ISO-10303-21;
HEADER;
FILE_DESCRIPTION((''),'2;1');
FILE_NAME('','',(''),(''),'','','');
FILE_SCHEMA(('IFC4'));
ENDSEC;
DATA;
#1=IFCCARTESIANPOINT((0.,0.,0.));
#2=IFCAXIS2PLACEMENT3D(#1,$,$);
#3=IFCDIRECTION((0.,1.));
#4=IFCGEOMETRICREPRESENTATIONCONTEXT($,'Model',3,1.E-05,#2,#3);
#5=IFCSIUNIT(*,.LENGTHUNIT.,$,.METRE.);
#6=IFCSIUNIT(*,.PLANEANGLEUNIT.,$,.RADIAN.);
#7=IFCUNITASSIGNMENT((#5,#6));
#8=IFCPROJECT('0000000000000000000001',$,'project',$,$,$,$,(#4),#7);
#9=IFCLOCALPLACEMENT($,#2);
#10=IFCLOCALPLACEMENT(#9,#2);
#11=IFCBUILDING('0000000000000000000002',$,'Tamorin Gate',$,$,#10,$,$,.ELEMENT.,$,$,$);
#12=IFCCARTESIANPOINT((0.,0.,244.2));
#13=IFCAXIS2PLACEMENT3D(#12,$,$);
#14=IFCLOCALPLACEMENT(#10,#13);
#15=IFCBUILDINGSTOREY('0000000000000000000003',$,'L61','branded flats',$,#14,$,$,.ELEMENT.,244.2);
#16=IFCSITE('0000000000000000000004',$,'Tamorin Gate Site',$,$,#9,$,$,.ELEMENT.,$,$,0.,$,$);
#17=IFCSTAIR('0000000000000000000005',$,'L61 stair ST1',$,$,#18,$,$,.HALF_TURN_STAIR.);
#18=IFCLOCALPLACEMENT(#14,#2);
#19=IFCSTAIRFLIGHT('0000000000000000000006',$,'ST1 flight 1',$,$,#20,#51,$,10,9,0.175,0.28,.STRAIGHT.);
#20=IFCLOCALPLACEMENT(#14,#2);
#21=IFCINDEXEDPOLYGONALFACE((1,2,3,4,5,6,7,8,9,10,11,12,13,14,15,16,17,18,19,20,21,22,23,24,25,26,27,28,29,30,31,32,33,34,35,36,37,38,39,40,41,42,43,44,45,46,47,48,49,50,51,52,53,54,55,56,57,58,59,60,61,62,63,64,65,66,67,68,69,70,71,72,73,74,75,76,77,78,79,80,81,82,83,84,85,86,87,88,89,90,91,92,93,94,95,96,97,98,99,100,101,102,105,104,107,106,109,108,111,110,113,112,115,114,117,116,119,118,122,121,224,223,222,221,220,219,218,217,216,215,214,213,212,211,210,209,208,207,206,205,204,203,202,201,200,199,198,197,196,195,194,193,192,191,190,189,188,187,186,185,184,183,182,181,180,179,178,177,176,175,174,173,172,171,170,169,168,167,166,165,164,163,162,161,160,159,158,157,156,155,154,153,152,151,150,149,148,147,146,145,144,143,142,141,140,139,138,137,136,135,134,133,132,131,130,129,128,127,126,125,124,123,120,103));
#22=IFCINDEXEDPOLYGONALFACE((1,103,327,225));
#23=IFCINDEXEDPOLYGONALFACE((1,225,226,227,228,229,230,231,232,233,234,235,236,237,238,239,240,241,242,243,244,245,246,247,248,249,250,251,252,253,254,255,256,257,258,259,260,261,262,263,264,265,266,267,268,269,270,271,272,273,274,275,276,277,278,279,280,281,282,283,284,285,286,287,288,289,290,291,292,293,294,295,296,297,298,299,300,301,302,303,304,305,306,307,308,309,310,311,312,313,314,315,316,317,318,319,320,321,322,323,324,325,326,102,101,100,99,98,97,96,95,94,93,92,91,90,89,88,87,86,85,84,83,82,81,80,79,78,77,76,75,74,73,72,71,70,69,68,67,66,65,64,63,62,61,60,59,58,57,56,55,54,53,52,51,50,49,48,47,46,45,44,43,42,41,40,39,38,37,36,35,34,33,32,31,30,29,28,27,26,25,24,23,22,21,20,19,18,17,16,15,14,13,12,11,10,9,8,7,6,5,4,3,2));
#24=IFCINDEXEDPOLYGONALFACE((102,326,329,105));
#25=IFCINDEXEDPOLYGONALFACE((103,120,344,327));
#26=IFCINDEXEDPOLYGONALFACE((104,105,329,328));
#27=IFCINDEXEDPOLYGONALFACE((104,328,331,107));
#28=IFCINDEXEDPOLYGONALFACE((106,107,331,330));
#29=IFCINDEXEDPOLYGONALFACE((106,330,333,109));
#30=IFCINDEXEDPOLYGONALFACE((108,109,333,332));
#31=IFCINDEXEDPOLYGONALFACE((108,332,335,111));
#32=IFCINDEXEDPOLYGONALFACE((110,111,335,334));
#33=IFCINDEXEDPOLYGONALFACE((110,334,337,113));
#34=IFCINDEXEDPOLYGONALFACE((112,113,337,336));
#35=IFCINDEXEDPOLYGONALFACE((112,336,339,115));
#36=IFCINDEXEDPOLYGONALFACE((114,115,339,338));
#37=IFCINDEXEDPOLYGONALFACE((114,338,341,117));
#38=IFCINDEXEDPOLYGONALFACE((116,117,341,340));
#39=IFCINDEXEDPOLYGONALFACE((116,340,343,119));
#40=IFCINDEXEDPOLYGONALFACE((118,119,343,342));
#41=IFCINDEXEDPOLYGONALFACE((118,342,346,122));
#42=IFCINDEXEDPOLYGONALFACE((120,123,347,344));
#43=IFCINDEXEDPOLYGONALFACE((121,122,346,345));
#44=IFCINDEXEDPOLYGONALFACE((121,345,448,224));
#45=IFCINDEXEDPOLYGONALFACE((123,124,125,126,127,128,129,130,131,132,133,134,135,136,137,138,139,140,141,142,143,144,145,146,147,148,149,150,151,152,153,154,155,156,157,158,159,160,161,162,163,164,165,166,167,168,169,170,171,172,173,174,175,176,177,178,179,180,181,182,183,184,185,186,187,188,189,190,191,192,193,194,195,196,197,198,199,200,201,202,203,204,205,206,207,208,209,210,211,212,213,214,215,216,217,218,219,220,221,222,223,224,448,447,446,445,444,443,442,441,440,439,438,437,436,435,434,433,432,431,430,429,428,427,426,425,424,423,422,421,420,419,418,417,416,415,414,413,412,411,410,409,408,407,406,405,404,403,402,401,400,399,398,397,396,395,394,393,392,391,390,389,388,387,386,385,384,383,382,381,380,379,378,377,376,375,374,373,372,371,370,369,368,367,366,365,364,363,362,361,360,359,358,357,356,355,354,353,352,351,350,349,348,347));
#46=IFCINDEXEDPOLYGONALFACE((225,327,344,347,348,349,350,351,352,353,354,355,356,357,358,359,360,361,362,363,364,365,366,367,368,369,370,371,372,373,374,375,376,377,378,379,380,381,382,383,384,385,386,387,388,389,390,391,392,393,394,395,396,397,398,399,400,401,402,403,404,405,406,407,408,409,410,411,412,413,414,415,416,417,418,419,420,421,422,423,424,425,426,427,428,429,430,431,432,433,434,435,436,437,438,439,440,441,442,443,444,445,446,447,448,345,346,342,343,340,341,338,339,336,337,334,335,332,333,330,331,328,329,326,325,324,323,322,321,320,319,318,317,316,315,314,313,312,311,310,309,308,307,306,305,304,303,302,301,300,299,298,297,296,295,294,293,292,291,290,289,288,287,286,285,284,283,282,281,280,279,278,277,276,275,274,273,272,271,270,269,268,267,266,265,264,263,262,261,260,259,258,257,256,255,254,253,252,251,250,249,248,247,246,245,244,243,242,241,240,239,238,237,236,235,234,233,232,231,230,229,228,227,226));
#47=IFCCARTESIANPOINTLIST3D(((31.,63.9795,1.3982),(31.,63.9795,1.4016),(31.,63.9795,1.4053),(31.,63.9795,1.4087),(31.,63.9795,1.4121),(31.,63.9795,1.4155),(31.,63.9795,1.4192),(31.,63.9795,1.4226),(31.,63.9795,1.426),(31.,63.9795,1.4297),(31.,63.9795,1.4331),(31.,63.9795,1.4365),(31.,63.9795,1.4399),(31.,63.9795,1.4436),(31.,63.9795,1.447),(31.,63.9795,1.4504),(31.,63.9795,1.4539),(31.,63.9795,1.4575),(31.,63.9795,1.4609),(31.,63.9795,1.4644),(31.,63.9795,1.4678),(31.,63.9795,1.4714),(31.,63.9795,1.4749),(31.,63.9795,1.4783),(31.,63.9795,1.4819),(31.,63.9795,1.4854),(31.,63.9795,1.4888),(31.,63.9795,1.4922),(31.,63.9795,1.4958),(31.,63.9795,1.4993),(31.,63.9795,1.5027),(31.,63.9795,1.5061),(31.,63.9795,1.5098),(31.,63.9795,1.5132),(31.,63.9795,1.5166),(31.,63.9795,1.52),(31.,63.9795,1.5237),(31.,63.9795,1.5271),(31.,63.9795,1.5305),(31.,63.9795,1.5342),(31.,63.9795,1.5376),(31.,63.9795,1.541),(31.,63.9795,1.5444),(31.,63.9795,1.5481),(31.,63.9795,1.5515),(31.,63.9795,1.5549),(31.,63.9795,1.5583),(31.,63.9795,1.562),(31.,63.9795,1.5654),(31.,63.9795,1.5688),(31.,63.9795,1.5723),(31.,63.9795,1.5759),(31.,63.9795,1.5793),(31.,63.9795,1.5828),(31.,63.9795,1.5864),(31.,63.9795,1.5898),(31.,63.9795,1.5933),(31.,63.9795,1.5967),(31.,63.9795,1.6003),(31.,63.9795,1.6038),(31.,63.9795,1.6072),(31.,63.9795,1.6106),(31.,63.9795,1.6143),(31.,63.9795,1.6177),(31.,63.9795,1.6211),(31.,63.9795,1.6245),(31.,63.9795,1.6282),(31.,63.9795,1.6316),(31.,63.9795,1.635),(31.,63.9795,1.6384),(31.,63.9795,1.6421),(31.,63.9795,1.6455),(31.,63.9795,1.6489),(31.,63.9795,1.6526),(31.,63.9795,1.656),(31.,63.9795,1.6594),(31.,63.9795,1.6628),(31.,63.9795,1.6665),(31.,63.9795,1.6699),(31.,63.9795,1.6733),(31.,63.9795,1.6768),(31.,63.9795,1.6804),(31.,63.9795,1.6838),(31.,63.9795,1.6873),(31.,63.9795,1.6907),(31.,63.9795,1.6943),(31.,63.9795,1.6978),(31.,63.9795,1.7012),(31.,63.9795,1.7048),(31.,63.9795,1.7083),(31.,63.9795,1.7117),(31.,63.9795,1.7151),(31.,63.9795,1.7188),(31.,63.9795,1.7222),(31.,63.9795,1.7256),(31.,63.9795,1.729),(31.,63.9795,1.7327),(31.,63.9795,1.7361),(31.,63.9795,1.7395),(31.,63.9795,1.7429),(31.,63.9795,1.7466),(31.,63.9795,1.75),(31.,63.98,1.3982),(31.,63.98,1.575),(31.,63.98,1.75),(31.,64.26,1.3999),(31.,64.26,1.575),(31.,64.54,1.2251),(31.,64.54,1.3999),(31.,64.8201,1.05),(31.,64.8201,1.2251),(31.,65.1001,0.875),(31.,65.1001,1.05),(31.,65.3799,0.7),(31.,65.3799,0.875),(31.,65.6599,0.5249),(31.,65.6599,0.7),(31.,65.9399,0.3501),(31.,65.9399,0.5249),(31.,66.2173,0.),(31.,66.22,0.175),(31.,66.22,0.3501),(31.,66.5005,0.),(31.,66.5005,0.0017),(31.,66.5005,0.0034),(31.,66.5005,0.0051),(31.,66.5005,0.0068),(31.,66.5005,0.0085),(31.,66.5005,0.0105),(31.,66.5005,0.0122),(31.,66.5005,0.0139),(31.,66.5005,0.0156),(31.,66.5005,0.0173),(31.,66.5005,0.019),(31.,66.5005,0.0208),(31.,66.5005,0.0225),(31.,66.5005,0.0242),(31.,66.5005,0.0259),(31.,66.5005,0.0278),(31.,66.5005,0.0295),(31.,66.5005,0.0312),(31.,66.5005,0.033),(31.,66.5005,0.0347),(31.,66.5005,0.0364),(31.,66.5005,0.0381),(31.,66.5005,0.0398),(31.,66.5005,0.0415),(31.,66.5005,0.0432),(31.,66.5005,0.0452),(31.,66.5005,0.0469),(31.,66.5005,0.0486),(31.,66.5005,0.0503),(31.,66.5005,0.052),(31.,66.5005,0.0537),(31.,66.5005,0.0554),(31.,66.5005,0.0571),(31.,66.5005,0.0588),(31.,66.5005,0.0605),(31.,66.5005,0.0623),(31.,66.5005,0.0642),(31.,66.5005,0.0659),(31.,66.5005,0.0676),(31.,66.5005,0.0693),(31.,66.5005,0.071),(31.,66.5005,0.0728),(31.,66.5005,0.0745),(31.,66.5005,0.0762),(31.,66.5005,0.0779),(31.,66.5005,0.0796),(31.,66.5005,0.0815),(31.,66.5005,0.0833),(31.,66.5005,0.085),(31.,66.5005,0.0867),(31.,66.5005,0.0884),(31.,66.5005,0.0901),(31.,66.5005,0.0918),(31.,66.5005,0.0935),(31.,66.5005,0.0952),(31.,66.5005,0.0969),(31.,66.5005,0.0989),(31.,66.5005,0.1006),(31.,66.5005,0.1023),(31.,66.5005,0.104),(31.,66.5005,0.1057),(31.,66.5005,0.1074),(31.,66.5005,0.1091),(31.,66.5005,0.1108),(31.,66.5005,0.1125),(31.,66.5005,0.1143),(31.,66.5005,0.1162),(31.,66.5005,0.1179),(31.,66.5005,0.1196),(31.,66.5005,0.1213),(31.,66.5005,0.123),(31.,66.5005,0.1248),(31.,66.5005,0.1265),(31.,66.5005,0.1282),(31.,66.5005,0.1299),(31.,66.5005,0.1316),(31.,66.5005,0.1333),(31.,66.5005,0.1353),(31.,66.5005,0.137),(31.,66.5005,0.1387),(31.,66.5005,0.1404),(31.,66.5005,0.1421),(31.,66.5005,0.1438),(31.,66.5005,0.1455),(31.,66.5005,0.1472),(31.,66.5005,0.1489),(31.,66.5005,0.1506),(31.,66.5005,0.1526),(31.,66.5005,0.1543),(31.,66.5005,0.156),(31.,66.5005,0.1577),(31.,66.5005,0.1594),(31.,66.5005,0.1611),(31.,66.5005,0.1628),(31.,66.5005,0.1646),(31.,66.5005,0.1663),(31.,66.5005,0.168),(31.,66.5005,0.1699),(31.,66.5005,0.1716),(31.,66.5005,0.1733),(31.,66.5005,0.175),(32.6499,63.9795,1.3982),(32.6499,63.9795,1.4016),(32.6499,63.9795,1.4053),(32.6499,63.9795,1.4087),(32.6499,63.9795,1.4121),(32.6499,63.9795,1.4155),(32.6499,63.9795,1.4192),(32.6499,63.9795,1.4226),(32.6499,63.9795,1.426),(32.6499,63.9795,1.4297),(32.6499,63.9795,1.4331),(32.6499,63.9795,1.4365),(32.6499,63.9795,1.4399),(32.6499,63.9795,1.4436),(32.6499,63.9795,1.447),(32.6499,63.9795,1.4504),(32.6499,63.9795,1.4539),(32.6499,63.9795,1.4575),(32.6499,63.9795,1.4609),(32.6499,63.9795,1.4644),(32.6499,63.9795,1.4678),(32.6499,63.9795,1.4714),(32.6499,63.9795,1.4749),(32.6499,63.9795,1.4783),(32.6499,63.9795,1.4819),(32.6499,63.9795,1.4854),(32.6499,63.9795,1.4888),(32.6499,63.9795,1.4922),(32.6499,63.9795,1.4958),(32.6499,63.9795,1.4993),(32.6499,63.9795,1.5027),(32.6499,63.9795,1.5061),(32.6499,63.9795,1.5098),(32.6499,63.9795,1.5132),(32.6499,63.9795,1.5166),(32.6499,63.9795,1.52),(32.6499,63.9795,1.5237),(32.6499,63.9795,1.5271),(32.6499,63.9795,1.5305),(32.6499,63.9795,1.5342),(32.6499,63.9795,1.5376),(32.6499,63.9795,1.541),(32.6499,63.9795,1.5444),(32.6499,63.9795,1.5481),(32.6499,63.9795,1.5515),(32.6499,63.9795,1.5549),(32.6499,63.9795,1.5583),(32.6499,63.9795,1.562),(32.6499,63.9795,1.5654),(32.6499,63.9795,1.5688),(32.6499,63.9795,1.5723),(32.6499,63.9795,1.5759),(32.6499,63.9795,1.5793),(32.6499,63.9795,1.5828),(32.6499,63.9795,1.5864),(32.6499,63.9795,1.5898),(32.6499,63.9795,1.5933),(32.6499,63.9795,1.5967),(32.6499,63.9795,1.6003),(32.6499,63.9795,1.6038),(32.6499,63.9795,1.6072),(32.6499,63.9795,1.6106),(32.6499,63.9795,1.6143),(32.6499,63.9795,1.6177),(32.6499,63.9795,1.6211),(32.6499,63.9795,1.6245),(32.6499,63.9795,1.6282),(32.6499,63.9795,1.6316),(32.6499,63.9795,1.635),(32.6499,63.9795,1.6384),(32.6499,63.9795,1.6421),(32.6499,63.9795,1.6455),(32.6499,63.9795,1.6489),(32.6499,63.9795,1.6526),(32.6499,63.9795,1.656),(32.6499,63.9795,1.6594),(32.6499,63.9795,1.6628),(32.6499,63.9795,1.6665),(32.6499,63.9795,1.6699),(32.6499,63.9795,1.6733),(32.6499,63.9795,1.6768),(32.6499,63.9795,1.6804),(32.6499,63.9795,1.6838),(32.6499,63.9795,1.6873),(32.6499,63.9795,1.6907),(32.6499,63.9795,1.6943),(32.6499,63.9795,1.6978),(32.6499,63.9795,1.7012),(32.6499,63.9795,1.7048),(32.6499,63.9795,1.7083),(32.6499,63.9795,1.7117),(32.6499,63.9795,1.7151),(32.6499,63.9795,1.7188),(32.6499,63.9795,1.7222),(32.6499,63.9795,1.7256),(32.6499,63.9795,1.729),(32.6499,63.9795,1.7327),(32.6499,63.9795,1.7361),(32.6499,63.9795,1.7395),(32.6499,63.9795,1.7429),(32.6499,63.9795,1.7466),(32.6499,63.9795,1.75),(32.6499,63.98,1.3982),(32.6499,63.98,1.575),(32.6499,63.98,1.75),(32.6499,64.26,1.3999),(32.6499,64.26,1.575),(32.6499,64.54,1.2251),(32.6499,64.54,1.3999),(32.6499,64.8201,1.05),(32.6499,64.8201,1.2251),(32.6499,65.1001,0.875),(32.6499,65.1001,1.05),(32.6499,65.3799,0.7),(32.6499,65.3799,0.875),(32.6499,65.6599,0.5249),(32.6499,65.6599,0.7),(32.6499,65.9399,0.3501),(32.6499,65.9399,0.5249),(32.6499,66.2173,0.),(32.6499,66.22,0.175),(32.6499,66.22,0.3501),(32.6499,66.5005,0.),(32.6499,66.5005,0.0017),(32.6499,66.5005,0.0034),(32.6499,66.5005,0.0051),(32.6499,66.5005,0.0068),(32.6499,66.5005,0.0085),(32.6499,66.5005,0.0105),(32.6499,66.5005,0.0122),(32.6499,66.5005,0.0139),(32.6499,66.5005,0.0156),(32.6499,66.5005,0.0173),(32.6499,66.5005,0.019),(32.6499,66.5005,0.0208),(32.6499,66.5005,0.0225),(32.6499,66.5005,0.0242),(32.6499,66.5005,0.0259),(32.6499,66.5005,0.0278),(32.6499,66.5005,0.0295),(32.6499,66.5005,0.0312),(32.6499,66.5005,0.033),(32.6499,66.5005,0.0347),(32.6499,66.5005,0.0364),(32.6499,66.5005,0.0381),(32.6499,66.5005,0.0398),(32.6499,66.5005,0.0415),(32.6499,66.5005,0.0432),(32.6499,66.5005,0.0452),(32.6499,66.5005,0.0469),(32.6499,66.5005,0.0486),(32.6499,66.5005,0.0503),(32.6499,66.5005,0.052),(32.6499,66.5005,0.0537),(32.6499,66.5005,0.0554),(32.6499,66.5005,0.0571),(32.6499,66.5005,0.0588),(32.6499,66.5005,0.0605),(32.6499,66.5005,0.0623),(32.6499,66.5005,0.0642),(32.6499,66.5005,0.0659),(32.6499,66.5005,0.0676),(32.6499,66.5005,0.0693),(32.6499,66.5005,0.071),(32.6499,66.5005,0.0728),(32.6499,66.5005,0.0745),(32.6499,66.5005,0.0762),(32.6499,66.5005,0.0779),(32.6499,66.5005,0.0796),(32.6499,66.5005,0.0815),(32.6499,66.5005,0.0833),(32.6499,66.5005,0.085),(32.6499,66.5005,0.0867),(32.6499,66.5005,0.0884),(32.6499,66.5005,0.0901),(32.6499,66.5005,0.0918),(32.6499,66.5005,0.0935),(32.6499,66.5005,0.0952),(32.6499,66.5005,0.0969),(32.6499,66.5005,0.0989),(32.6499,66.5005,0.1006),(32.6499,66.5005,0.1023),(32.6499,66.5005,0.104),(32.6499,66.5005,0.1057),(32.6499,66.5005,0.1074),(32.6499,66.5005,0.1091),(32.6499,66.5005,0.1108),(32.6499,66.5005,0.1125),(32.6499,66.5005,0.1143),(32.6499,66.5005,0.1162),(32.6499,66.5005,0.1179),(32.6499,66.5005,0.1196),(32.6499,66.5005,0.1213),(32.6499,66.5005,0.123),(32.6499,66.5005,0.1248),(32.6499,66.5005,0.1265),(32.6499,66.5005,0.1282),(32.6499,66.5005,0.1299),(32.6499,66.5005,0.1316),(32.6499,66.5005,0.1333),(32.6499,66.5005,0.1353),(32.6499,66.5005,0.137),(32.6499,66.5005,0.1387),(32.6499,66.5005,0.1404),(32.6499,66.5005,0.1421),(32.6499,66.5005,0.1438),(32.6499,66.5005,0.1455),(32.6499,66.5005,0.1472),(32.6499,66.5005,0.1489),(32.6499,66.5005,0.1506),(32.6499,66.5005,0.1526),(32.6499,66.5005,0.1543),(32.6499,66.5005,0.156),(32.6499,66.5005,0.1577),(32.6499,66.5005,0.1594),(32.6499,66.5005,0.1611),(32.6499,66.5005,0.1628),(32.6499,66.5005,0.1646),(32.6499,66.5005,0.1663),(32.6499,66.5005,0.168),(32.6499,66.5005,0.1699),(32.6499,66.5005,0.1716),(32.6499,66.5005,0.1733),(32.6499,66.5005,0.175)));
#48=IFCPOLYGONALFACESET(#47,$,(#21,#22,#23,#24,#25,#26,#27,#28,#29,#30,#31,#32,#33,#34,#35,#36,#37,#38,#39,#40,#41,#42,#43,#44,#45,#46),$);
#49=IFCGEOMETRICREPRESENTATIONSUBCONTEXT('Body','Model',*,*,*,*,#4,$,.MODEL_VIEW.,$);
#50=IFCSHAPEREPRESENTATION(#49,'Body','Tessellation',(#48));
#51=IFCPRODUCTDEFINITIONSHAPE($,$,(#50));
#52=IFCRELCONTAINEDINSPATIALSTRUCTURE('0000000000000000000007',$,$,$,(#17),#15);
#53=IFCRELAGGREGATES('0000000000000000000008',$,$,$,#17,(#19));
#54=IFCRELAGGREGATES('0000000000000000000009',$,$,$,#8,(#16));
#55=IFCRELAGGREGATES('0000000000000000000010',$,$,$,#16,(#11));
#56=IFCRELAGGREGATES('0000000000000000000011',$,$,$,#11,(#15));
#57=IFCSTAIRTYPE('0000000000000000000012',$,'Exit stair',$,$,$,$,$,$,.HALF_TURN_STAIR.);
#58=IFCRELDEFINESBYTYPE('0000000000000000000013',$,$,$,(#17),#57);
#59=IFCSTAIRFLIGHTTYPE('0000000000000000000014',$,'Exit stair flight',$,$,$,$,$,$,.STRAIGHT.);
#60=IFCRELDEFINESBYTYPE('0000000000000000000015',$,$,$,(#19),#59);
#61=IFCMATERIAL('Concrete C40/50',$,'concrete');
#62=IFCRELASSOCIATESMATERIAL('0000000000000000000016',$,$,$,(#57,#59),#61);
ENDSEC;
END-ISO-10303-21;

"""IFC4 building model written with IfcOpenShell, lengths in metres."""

from ifc_helpers import new_model, si_unit, direction, frame, origin, place, context, subcontext, project, spatial, polyline, outline, extrude, material, type_object, element, aggregate, save


model = new_model("IFC4")

# Units and contexts
model_context = context("Model", 3, precision=1e-05, world=origin(), true_north=direction((0.0, 1.0)))
body_context = subcontext(model_context, "Body", "Model", "MODEL_VIEW")
ifc_project = project(units=[si_unit("LENGTHUNIT", "METRE"), si_unit("PLANEANGLEUNIT", "RADIAN")], contexts=[model_context])

# Site, building, storey
site_placement = place(None, origin())
site = spatial("IfcSite", under=ifc_project, at=site_placement, Name="Tamorin Gate Site", CompositionType="ELEMENT", RefElevation=0.0)
building_placement = place(site_placement, origin())
building = spatial("IfcBuilding", under=site, at=building_placement, Name="Tamorin Gate", CompositionType="ELEMENT")
storey_placement = place(building_placement, frame((0.0, 0.0, 244.2)))
storey = spatial("IfcBuildingStorey", under=building, at=storey_placement, Name="L61", Description="branded flats", CompositionType="ELEMENT", Elevation=244.2)

# Shared definitions
ifc_material_1 = material(Name="Concrete C40/50", Category="concrete")

# Stair, stair flight
stair_type = type_object("IfcStairType", Name="Exit stair", PredefinedType="HALF_TURN_STAIR", material=ifc_material_1)
stair_1_placement = place(storey_placement, origin())
stair_1 = element("IfcStair", 1, at=stair_1_placement, inside=storey, type_object=stair_type, Name="L61 stair ST1", PredefinedType="HALF_TURN_STAIR")
stair_flight_type = type_object("IfcStairFlightType", Name="Exit stair flight", PredefinedType="STRAIGHT", material=ifc_material_1)
stair_flight_1_placement = place(storey_placement, frame((31.825, 66.5, 0.0), z_axis=(0.0, 0.0, 1.0), x_axis=(0.0, -1.0, 0.0)))
stair_flight_1 = element("IfcStairFlight", 2, at=stair_flight_1_placement, type_object=stair_flight_type, Name="ST1 flight 1", NumberOfRisers=10, NumberOfTreads=9, PredefinedType="STRAIGHT", RiserHeight=0.175, TreadLength=0.28, context=body_context, shape_type="SweptSolid", body=[
    extrude(outline(polyline([(-0.0005, 0.0), (-0.0005, 0.0017), (-0.0005, 0.0034), (-0.0005, 0.0051), (-0.0005, 0.0068), (-0.0005, 0.0085), (-0.0005, 0.0105), (-0.0005, 0.0122), (-0.0005, 0.0139), (-0.0005, 0.0156), (-0.0005, 0.0173), (-0.0005, 0.019), (-0.0005, 0.0208), (-0.0005, 0.0225), (-0.0005, 0.0242), (-0.0005, 0.0259), (-0.0005, 0.0278), (-0.0005, 0.0295), (-0.0005, 0.0312), (-0.0005, 0.033), (-0.0005, 0.0347), (-0.0005, 0.0364), (-0.0005, 0.0381), (-0.0005, 0.0398), (-0.0005, 0.0415), (-0.0005, 0.0432), (-0.0005, 0.0452), (-0.0005, 0.0469), (-0.0005, 0.0486), (-0.0005, 0.0503), (-0.0005, 0.052), (-0.0005, 0.0537), (-0.0005, 0.0554), (-0.0005, 0.0571), (-0.0005, 0.0588), (-0.0005, 0.0605), (-0.0005, 0.0623), (-0.0005, 0.0642), (-0.0005, 0.0659), (-0.0005, 0.0676), (-0.0005, 0.0693), (-0.0005, 0.071), (-0.0005, 0.0728), (-0.0005, 0.0745), (-0.0005, 0.0762), (-0.0005, 0.0779), (-0.0005, 0.0796), (-0.0005, 0.0815), (-0.0005, 0.0833), (-0.0005, 0.085), (-0.0005, 0.0867), (-0.0005, 0.0884), (-0.0005, 0.0901), (-0.0005, 0.0918), (-0.0005, 0.0935), (-0.0005, 0.0952), (-0.0005, 0.0969), (-0.0005, 0.0989), (-0.0005, 0.1006), (-0.0005, 0.1023), (-0.0005, 0.104), (-0.0005, 0.1057), (-0.0005, 0.1074), (-0.0005, 0.1091), (-0.0005, 0.1108), (-0.0005, 0.1125), (-0.0005, 0.1143), (-0.0005, 0.1162), (-0.0005, 0.1179), (-0.0005, 0.1196), (-0.0005, 0.1213), (-0.0005, 0.123), (-0.0005, 0.1248), (-0.0005, 0.1265), (-0.0005, 0.1282), (-0.0005, 0.1299), (-0.0005, 0.1316), (-0.0005, 0.1333), (-0.0005, 0.1353), (-0.0005, 0.137), (-0.0005, 0.1387), (-0.0005, 0.1404), (-0.0005, 0.1421), (-0.0005, 0.1438), (-0.0005, 0.1455), (-0.0005, 0.1472), (-0.0005, 0.1489), (-0.0005, 0.1506), (-0.0005, 0.1526), (-0.0005, 0.1543), (-0.0005, 0.156), (-0.0005, 0.1577), (-0.0005, 0.1594), (-0.0005, 0.1611), (-0.0005, 0.1628), (-0.0005, 0.1646), (-0.0005, 0.1663), (-0.0005, 0.168), (-0.0005, 0.1699), (-0.0005, 0.1716), (-0.0005, 0.1733), (-0.0005, 0.175), (0.28, 0.175), (0.28, 0.3501), (0.5601, 0.3501), (0.5601, 0.5249), (0.8401, 0.5249), (0.8401, 0.7), (1.1201, 0.7), (1.1201, 0.875), (1.3999, 0.875), (1.3999, 1.05), (1.6799, 1.05), (1.6799, 1.2251), (1.96, 1.2251), (1.96, 1.3999), (2.24, 1.3999), (2.24, 1.575), (2.52, 1.575), (2.52, 1.75), (2.5205, 1.75), (2.5205, 1.7466), (2.5205, 1.7429), (2.5205, 1.7395), (2.5205, 1.7361), (2.5205, 1.7327), (2.5205, 1.729), (2.5205, 1.7256), (2.5205, 1.7222), (2.5205, 1.7188), (2.5205, 1.7151), (2.5205, 1.7117), (2.5205, 1.7083), (2.5205, 1.7048), (2.5205, 1.7012), (2.5205, 1.6978), (2.5205, 1.6943), (2.5205, 1.6907), (2.5205, 1.6873), (2.5205, 1.6838), (2.5205, 1.6804), (2.5205, 1.6768), (2.5205, 1.6733), (2.5205, 1.6699), (2.5205, 1.6665), (2.5205, 1.6628), (2.5205, 1.6594), (2.5205, 1.656), (2.5205, 1.6526), (2.5205, 1.6489), (2.5205, 1.6455), (2.5205, 1.6421), (2.5205, 1.6384), (2.5205, 1.635), (2.5205, 1.6316), (2.5205, 1.6282), (2.5205, 1.6245), (2.5205, 1.6211), (2.5205, 1.6177), (2.5205, 1.6143), (2.5205, 1.6106), (2.5205, 1.6072), (2.5205, 1.6038), (2.5205, 1.6003), (2.5205, 1.5967), (2.5205, 1.5933), (2.5205, 1.5898), (2.5205, 1.5864), (2.5205, 1.5828), (2.5205, 1.5793), (2.5205, 1.5759), (2.5205, 1.5723), (2.5205, 1.5688), (2.5205, 1.5654), (2.5205, 1.562), (2.5205, 1.5583), (2.5205, 1.5549), (2.5205, 1.5515), (2.5205, 1.5481), (2.5205, 1.5444), (2.5205, 1.541), (2.5205, 1.5376), (2.5205, 1.5342), (2.5205, 1.5305), (2.5205, 1.5271), (2.5205, 1.5237), (2.5205, 1.52), (2.5205, 1.5166), (2.5205, 1.5132), (2.5205, 1.5098), (2.5205, 1.5061), (2.5205, 1.5027), (2.5205, 1.4993), (2.5205, 1.4958), (2.5205, 1.4922), (2.5205, 1.4888), (2.5205, 1.4854), (2.5205, 1.4819), (2.5205, 1.4783), (2.5205, 1.4749), (2.5205, 1.4714), (2.5205, 1.4678), (2.5205, 1.4644), (2.5205, 1.4609), (2.5205, 1.4575), (2.5205, 1.4539), (2.5205, 1.4504), (2.5205, 1.447), (2.5205, 1.4436), (2.5205, 1.4399), (2.5205, 1.4365), (2.5205, 1.4331), (2.5205, 1.4297), (2.5205, 1.426), (2.5205, 1.4226), (2.5205, 1.4192), (2.5205, 1.4155), (2.5205, 1.4121), (2.5205, 1.4087), (2.5205, 1.4053), (2.5205, 1.4016), (2.5205, 1.3982), (2.52, 1.3982), (0.2827, 0.0), (-0.0005, 0.0)])), frame((0.0, 0.825, 0.0), z_axis=(0.0, -1.0, 0.0), x_axis=(1.0, 0.0, 0.0)), (0.0, 0.0, 1.0), 1.6499),
])
aggregate(stair_1, [stair_flight_1])

save(model, "model.ifc")
